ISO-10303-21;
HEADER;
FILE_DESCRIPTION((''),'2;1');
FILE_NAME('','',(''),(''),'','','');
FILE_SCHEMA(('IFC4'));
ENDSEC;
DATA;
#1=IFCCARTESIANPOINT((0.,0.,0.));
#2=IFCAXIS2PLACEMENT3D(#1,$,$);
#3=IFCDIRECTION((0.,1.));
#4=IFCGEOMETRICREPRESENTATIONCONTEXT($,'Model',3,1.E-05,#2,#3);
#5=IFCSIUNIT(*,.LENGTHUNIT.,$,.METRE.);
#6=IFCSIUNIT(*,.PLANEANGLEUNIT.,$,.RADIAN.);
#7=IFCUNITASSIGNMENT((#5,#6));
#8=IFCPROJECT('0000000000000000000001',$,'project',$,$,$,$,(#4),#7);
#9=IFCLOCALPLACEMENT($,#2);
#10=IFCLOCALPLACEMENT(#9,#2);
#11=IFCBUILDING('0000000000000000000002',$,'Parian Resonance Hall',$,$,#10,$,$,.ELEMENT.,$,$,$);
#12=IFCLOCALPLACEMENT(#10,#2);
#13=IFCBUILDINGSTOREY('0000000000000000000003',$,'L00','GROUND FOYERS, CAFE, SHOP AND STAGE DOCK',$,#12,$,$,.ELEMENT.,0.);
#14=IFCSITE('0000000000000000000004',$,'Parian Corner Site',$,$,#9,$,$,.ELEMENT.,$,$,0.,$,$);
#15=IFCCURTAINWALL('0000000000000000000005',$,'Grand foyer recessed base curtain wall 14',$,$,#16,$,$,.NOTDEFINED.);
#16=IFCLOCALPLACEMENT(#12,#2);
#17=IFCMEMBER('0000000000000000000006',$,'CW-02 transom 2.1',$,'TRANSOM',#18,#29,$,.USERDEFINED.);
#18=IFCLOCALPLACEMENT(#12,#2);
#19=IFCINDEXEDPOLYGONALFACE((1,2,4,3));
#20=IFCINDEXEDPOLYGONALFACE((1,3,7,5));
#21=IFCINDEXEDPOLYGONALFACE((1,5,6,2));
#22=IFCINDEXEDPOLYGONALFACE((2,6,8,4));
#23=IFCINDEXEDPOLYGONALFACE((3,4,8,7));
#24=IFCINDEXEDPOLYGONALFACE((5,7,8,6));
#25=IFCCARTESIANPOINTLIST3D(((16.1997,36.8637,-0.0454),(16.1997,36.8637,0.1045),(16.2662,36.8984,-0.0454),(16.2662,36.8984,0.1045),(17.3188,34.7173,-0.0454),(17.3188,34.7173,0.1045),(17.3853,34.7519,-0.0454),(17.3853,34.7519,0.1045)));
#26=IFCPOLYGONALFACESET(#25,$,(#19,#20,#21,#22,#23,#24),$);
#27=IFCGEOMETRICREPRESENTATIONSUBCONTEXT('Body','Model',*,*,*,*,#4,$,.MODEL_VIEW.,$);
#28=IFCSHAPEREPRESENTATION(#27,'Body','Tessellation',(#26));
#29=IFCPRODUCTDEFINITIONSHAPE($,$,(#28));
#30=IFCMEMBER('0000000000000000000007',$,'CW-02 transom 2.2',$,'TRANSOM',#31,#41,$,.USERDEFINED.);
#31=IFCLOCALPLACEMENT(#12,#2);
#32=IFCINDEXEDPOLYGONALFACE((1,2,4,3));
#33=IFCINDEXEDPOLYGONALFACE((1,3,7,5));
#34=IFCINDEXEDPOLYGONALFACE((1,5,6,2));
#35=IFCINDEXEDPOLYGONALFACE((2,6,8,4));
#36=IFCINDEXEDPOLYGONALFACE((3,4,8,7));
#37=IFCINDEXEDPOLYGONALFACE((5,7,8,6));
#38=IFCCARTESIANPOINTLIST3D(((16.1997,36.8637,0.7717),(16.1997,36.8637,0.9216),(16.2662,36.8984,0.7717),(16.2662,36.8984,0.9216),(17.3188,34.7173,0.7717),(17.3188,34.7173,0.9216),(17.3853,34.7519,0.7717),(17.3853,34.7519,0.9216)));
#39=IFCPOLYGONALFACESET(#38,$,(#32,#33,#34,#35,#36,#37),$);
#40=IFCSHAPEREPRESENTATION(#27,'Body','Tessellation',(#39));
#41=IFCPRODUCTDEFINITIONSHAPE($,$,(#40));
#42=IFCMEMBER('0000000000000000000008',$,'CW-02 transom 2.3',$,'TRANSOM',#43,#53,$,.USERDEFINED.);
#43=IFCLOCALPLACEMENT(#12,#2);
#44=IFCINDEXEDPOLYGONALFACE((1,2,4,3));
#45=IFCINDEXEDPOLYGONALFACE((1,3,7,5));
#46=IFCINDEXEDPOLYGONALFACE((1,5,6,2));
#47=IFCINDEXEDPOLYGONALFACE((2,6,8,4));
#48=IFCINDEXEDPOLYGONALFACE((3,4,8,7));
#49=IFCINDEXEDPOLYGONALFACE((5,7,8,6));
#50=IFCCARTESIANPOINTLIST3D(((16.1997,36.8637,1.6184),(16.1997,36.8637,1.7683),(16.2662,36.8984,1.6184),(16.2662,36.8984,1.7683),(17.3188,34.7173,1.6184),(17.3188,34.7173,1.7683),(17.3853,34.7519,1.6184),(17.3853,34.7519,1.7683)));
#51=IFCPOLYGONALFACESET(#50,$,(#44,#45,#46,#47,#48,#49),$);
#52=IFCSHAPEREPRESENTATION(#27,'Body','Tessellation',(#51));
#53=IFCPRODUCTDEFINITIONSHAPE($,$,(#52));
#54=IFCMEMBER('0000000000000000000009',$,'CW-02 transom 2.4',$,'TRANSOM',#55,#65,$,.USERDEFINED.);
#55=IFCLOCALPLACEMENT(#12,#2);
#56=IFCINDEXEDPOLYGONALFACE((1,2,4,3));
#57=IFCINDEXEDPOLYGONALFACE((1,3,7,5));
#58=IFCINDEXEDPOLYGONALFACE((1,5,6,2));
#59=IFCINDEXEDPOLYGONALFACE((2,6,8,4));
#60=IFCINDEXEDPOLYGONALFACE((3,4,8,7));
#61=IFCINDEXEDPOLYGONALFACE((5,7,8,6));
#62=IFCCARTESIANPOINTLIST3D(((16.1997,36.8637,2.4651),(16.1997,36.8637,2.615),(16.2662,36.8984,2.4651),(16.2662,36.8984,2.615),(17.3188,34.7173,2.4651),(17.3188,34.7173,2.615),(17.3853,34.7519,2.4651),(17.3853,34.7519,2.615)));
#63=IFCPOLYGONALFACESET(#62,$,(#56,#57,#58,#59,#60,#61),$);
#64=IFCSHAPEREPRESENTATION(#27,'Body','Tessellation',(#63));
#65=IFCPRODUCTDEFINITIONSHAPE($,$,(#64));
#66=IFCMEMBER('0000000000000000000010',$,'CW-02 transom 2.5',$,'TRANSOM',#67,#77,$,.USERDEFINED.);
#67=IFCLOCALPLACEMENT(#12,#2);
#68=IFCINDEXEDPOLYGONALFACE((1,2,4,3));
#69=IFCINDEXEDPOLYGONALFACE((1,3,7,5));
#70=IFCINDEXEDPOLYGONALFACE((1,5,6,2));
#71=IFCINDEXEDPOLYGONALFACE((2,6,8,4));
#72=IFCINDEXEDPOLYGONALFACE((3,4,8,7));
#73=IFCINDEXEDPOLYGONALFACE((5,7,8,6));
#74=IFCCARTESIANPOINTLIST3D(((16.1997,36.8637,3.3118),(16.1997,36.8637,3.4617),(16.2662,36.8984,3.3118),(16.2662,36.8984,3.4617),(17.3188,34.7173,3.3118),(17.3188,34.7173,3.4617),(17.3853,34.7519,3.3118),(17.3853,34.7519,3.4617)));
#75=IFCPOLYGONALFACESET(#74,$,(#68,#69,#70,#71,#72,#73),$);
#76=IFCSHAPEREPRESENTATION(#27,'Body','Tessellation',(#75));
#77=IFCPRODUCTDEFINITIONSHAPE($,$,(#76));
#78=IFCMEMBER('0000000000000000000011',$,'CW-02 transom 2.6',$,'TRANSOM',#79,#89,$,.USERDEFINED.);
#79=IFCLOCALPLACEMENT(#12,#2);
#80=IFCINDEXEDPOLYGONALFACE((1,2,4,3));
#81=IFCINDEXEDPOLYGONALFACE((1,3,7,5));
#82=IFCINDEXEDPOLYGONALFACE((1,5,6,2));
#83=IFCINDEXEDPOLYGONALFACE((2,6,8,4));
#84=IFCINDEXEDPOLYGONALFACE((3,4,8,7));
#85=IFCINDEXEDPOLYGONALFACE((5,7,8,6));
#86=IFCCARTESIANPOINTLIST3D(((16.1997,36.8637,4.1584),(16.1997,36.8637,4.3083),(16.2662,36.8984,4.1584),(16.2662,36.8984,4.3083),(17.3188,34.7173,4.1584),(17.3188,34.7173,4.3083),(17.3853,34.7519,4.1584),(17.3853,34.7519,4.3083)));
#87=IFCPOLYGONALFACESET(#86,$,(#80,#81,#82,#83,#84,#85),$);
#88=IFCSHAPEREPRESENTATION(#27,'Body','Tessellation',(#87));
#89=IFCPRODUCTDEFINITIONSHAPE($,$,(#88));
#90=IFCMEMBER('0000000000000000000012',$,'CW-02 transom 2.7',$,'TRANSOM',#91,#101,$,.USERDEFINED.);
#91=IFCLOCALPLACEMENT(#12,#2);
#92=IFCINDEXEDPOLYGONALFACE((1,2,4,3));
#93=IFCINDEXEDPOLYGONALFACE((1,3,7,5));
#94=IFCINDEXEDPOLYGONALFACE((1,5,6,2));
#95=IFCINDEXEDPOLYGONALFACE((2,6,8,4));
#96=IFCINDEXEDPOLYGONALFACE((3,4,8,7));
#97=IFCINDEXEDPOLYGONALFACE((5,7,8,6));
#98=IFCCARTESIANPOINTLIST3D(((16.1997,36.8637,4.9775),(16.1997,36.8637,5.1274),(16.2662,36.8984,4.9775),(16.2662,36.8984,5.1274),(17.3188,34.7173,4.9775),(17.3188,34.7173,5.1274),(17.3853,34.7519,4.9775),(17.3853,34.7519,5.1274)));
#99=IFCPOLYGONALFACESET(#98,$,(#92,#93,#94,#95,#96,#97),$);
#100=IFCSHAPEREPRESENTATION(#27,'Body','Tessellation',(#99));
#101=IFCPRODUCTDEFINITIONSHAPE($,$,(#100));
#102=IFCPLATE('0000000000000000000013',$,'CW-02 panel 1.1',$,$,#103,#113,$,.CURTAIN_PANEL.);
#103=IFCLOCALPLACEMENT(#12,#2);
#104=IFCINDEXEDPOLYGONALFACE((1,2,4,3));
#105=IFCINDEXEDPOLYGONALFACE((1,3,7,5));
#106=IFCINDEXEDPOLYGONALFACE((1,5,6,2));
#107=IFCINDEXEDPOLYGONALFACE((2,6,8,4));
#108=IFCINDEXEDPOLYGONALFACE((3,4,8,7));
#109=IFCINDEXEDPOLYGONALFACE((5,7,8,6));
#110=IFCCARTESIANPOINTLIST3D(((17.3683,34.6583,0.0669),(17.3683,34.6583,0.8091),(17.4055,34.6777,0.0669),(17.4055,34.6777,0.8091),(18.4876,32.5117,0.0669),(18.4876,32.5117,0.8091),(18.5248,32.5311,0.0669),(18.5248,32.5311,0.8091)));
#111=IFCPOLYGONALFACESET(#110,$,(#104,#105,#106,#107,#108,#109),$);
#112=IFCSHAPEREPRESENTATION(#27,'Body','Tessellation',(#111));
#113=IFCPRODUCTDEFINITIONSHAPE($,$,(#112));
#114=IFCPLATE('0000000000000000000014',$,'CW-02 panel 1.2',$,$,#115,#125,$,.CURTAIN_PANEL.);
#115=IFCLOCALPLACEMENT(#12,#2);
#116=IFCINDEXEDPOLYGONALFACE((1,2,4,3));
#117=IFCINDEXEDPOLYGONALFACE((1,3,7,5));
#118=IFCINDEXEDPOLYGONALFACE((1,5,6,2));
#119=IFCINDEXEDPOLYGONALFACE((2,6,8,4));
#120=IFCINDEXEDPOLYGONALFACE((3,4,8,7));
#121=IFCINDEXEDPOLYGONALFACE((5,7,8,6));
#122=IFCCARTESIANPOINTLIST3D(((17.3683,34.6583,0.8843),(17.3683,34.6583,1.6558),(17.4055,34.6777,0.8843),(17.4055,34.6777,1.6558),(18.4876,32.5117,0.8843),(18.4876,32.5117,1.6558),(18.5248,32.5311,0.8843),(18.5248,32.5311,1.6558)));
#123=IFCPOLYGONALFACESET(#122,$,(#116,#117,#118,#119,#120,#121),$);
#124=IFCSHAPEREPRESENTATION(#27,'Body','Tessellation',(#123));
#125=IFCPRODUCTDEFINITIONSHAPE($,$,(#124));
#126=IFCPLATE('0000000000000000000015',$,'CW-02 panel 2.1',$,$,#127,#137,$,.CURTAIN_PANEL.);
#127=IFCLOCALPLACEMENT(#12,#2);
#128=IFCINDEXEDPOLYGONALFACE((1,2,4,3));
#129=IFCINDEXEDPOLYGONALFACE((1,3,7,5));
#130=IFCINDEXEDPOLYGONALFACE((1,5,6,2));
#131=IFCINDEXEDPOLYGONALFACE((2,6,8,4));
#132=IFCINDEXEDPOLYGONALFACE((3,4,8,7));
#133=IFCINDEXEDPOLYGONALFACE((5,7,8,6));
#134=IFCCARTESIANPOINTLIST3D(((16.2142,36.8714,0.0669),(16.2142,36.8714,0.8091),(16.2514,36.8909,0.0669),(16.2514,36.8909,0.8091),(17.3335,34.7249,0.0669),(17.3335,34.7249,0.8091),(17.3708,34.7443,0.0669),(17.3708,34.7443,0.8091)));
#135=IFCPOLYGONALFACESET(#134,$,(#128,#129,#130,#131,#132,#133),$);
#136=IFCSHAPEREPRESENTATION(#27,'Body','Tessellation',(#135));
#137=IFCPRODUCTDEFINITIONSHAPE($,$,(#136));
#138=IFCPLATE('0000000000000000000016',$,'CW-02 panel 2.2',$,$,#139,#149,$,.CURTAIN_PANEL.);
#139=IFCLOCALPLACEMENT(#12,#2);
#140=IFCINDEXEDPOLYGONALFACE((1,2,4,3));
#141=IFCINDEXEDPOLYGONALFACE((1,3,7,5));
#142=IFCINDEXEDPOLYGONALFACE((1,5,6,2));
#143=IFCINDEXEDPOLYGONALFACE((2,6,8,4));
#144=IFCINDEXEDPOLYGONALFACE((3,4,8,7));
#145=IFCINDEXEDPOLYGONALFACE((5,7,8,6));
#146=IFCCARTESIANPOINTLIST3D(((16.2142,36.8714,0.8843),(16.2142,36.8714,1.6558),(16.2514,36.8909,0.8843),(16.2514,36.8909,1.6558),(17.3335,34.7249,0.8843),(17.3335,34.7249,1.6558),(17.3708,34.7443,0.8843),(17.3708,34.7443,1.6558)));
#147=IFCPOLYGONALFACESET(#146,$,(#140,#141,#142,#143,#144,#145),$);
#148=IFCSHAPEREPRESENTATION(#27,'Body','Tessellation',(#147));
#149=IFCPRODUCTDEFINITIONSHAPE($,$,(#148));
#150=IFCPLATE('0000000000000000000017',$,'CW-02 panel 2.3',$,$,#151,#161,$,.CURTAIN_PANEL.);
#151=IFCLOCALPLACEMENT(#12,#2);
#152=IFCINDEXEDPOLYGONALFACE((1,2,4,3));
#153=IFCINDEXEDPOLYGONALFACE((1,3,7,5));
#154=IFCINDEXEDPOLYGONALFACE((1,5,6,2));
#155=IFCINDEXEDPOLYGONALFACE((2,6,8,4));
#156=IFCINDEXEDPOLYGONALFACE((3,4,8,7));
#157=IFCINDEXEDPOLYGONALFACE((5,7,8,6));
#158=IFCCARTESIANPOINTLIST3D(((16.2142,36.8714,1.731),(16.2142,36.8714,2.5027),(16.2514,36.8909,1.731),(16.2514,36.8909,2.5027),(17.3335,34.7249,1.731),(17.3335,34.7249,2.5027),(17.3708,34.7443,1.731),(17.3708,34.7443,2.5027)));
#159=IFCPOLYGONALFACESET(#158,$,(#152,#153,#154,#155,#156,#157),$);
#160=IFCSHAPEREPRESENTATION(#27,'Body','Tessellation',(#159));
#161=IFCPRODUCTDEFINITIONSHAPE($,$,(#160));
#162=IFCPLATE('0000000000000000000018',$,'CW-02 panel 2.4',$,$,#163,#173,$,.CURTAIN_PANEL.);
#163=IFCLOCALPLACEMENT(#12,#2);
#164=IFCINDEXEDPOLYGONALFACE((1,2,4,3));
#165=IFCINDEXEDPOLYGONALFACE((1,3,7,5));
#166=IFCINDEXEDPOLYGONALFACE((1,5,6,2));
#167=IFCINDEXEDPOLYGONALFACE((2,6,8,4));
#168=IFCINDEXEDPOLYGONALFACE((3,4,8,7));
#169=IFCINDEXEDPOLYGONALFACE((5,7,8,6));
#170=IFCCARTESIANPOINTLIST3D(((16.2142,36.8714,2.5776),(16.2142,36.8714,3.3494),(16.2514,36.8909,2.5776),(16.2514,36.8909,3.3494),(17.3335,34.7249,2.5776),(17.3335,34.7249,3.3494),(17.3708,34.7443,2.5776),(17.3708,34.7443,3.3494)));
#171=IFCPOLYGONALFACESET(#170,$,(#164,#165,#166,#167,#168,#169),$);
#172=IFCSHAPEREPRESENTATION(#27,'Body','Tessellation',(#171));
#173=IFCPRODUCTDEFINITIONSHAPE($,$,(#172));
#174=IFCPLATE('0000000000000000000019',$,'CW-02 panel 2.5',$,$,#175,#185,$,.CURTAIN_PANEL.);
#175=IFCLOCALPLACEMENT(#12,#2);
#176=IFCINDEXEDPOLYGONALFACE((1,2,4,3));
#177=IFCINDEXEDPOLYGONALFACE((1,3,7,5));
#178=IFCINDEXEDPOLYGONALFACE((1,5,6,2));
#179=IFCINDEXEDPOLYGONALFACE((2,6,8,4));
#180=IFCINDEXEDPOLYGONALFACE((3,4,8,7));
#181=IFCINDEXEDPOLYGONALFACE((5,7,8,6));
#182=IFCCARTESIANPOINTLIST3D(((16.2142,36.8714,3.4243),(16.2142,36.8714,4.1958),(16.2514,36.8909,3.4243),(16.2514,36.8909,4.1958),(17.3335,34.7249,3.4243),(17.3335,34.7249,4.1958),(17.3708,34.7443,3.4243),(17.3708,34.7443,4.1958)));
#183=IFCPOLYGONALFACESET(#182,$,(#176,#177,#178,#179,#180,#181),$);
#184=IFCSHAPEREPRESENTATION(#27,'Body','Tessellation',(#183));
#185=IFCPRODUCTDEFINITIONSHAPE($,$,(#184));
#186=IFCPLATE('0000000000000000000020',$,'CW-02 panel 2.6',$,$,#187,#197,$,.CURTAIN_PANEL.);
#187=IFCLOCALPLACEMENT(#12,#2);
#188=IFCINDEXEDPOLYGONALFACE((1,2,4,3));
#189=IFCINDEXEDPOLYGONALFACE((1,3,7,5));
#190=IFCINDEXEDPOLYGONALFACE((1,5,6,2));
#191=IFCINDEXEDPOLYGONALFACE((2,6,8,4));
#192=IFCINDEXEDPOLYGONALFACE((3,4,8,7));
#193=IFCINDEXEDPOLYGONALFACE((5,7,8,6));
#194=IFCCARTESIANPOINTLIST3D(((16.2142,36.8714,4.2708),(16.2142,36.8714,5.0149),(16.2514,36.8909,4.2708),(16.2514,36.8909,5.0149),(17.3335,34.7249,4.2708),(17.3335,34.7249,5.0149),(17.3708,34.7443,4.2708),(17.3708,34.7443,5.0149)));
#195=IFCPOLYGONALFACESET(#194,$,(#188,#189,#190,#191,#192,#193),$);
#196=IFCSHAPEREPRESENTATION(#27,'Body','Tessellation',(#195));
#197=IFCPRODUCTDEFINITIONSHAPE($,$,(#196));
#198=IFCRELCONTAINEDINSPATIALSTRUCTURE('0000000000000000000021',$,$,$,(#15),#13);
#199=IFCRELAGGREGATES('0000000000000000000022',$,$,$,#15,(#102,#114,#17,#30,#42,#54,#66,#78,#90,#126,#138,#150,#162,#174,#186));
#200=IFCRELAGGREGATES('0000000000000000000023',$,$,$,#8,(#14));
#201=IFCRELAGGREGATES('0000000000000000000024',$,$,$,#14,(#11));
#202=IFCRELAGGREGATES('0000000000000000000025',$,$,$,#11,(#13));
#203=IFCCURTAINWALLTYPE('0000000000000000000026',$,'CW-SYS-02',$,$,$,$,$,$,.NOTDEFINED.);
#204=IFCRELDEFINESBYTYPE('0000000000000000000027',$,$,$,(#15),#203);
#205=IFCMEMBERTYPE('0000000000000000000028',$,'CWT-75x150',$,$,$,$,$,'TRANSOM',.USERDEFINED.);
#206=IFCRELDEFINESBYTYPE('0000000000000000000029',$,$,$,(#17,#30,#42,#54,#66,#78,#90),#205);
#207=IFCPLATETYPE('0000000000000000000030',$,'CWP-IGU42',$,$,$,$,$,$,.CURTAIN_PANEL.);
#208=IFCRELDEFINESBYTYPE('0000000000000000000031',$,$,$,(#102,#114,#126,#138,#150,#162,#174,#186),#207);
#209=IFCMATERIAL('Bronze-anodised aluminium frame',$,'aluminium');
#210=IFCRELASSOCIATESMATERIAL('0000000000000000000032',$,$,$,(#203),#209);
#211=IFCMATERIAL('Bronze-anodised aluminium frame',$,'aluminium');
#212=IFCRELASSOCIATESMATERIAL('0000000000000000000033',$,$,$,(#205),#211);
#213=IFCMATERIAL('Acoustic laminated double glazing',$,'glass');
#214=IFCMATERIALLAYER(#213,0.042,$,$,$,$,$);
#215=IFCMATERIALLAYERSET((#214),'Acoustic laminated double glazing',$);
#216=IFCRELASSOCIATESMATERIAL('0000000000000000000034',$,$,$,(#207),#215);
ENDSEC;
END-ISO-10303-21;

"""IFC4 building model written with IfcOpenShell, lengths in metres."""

from ifc_helpers import new_model, si_unit, direction, frame, origin, origin_2d, place, context, subcontext, project, spatial, rectangle, extrude, material, layer, layer_set, material_profile, profile_set, type_object, element, aggregate, save


model = new_model("IFC4")

# Units and contexts
model_context = context("Model", 3, precision=1e-05, world=origin(), true_north=direction((0.0, 1.0)))
body_context = subcontext(model_context, "Body", "Model", "MODEL_VIEW")
ifc_project = project(units=[si_unit("LENGTHUNIT", "METRE"), si_unit("PLANEANGLEUNIT", "RADIAN")], contexts=[model_context])

# Site, building, storey
site_placement = place(None, origin())
site = spatial("IfcSite", under=ifc_project, at=site_placement, Name="Parian Corner Site", CompositionType="ELEMENT", RefElevation=0.0)
building_placement = place(site_placement, origin())
building = spatial("IfcBuilding", under=site, at=building_placement, Name="Parian Resonance Hall", CompositionType="ELEMENT")
storey_placement = place(building_placement, origin())
storey = spatial("IfcBuildingStorey", under=building, at=storey_placement, Name="L00", Description="GROUND FOYERS, CAFE, SHOP AND STAGE DOCK", CompositionType="ELEMENT", Elevation=0.0)

# Curtain wall
ifc_material_1 = material(Name="Bronze-anodised aluminium frame", Category="aluminium")
curtain_wall_type_1 = type_object("IfcCurtainWallType", Name="CW-SYS-02", PredefinedType="NOTDEFINED", material=ifc_material_1)
curtain_wall_1_placement = place(storey_placement, origin())
curtain_wall_1 = element("IfcCurtainWall", 1, at=curtain_wall_1_placement, inside=storey, type_object=curtain_wall_type_1, Name="Grand foyer recessed base curtain wall 14", PredefinedType="NOTDEFINED")

# Members
ifc_material_2 = material(Name="Bronze-anodised aluminium frame", Category="aluminium")
ifc_material_profile_1 = material_profile(ifc_material_2, rectangle(XDim=0.075, YDim=0.1499, at=origin_2d()), Name="CWT-75x150")
ifc_profile_set_1 = profile_set([ifc_material_profile_1], Name="Bronze-anodised aluminium frame")
member_type_1 = type_object("IfcMemberType", Name="CWT-75x150", ElementType="TRANSOM", PredefinedType="USERDEFINED", material=ifc_profile_set_1)
member_1_placement = place(storey_placement, frame((17.3521, 34.7346, 0.0295), z_axis=(-0.462318, 0.886714, 0.0), x_axis=(-0.886714, -0.462318, 0.0)))
member_1 = element("IfcMember", 2, at=member_1_placement, type_object=member_type_1, Name="CW-02 transom 2.1", ObjectType="TRANSOM", PredefinedType="USERDEFINED", context=body_context, shape_type="SweptSolid", body=[
    extrude(rectangle(XDim=0.075, YDim=0.1499, at=origin_2d()), origin(), (0.0, 0.0, 1.0), 2.4207),
])
member_2_placement = place(storey_placement, frame((17.3521, 34.7346, 0.8467), z_axis=(-0.462318, 0.886714, 0.0), x_axis=(-0.886714, -0.462318, 0.0)))
member_2 = element("IfcMember", 3, at=member_2_placement, type_object=member_type_1, Name="CW-02 transom 2.2", ObjectType="TRANSOM", PredefinedType="USERDEFINED", context=body_context, shape_type="SweptSolid", body=[
    extrude(rectangle(XDim=0.075, YDim=0.1499, at=origin_2d()), origin(), (0.0, 0.0, 1.0), 2.4207),
])
member_3_placement = place(storey_placement, frame((17.3521, 34.7346, 1.6934), z_axis=(-0.462318, 0.886714, 0.0), x_axis=(-0.886714, -0.462318, 0.0)))
member_3 = element("IfcMember", 4, at=member_3_placement, type_object=member_type_1, Name="CW-02 transom 2.3", ObjectType="TRANSOM", PredefinedType="USERDEFINED", context=body_context, shape_type="SweptSolid", body=[
    extrude(rectangle(XDim=0.075, YDim=0.1499, at=origin_2d()), origin(), (0.0, 0.0, 1.0), 2.4207),
])
member_4_placement = place(storey_placement, frame((17.3521, 34.7346, 2.54), z_axis=(-0.462318, 0.886714, 0.0), x_axis=(-0.886714, -0.462318, 0.0)))
member_4 = element("IfcMember", 5, at=member_4_placement, type_object=member_type_1, Name="CW-02 transom 2.4", ObjectType="TRANSOM", PredefinedType="USERDEFINED", context=body_context, shape_type="SweptSolid", body=[
    extrude(rectangle(XDim=0.075, YDim=0.1499, at=origin_2d()), origin(), (0.0, 0.0, 1.0), 2.4207),
])
member_5_placement = place(storey_placement, frame((17.3521, 34.7346, 3.3867), z_axis=(-0.462318, 0.886714, 0.0), x_axis=(-0.886714, -0.462318, 0.0)))
member_5 = element("IfcMember", 6, at=member_5_placement, type_object=member_type_1, Name="CW-02 transom 2.5", ObjectType="TRANSOM", PredefinedType="USERDEFINED", context=body_context, shape_type="SweptSolid", body=[
    extrude(rectangle(XDim=0.075, YDim=0.1499, at=origin_2d()), origin(), (0.0, 0.0, 1.0), 2.4207),
])
member_6_placement = place(storey_placement, frame((17.3521, 34.7346, 4.2334), z_axis=(-0.462318, 0.886714, 0.0), x_axis=(-0.886714, -0.462318, 0.0)))
member_6 = element("IfcMember", 7, at=member_6_placement, type_object=member_type_1, Name="CW-02 transom 2.6", ObjectType="TRANSOM", PredefinedType="USERDEFINED", context=body_context, shape_type="SweptSolid", body=[
    extrude(rectangle(XDim=0.075, YDim=0.1499, at=origin_2d()), origin(), (0.0, 0.0, 1.0), 2.4207),
])
member_7_placement = place(storey_placement, frame((17.3521, 34.7346, 5.0525), z_axis=(-0.462318, 0.886714, 0.0), x_axis=(-0.886714, -0.462318, 0.0)))
member_7 = element("IfcMember", 8, at=member_7_placement, type_object=member_type_1, Name="CW-02 transom 2.7", ObjectType="TRANSOM", PredefinedType="USERDEFINED", context=body_context, shape_type="SweptSolid", body=[
    extrude(rectangle(XDim=0.075, YDim=0.1499, at=origin_2d()), origin(), (0.0, 0.0, 1.0), 2.4207),
])

# Plates
ifc_material_3 = material(Name="Acoustic laminated double glazing", Category="glass")
ifc_layer_1 = layer(ifc_material_3, 0.042)
ifc_layer_set_1 = layer_set([ifc_layer_1], Name="Acoustic laminated double glazing")
plate_type = type_object("IfcPlateType", Name="CWP-IGU42", PredefinedType="CURTAIN_PANEL", material=ifc_layer_set_1)
plate_1_placement = place(storey_placement, frame((17.9465, 33.5947, 0.0669), z_axis=(0.0, 0.0, 1.0), x_axis=(-0.462362, 0.886691, 0.0)))
plate_1 = element("IfcPlate", 9, at=plate_1_placement, type_object=plate_type, Name="CW-02 panel 1.1", PredefinedType="CURTAIN_PANEL", context=body_context, shape_type="SweptSolid", body=[
    extrude(rectangle(XDim=2.4209, YDim=0.042, at=origin_2d()), origin(), (0.0, 0.0, 1.0), 0.7422),
])
plate_2_placement = place(storey_placement, frame((17.9465, 33.5947, 0.8843), z_axis=(0.0, 0.0, 1.0), x_axis=(-0.462362, 0.886691, 0.0)))
plate_2 = element("IfcPlate", 10, at=plate_2_placement, type_object=plate_type, Name="CW-02 panel 1.2", PredefinedType="CURTAIN_PANEL", context=body_context, shape_type="SweptSolid", body=[
    extrude(rectangle(XDim=2.4209, YDim=0.042, at=origin_2d()), origin(), (0.0, 0.0, 1.0), 0.7715),
])
plate_3_placement = place(storey_placement, frame((16.7925, 35.8079, 0.0669), z_axis=(0.0, 0.0, 1.0), x_axis=(-0.462362, 0.886691, 0.0)))
plate_3 = element("IfcPlate", 11, at=plate_3_placement, type_object=plate_type, Name="CW-02 panel 2.1", PredefinedType="CURTAIN_PANEL", context=body_context, shape_type="SweptSolid", body=[
    extrude(rectangle(XDim=2.4209, YDim=0.042, at=origin_2d()), origin(), (0.0, 0.0, 1.0), 0.7422),
])
plate_4_placement = place(storey_placement, frame((16.7925, 35.8079, 0.8843), z_axis=(0.0, 0.0, 1.0), x_axis=(-0.462362, 0.886691, 0.0)))
plate_4 = element("IfcPlate", 12, at=plate_4_placement, type_object=plate_type, Name="CW-02 panel 2.2", PredefinedType="CURTAIN_PANEL", context=body_context, shape_type="SweptSolid", body=[
    extrude(rectangle(XDim=2.4209, YDim=0.042, at=origin_2d()), origin(), (0.0, 0.0, 1.0), 0.7715),
])
plate_5_placement = place(storey_placement, frame((16.7925, 35.8079, 1.731), z_axis=(0.0, 0.0, 1.0), x_axis=(-0.462362, 0.886691, 0.0)))
plate_5 = element("IfcPlate", 13, at=plate_5_placement, type_object=plate_type, Name="CW-02 panel 2.3", PredefinedType="CURTAIN_PANEL", context=body_context, shape_type="SweptSolid", body=[
    extrude(rectangle(XDim=2.4209, YDim=0.042, at=origin_2d()), origin(), (0.0, 0.0, 1.0), 0.7717),
])
plate_6_placement = place(storey_placement, frame((16.7925, 35.8079, 2.5776), z_axis=(0.0, 0.0, 1.0), x_axis=(-0.462362, 0.886691, 0.0)))
plate_6 = element("IfcPlate", 14, at=plate_6_placement, type_object=plate_type, Name="CW-02 panel 2.4", PredefinedType="CURTAIN_PANEL", context=body_context, shape_type="SweptSolid", body=[
    extrude(rectangle(XDim=2.4209, YDim=0.042, at=origin_2d()), origin(), (0.0, 0.0, 1.0), 0.7717),
])
plate_7_placement = place(storey_placement, frame((16.7925, 35.8079, 3.4243), z_axis=(0.0, 0.0, 1.0), x_axis=(-0.462362, 0.886691, 0.0)))
plate_7 = element("IfcPlate", 15, at=plate_7_placement, type_object=plate_type, Name="CW-02 panel 2.5", PredefinedType="CURTAIN_PANEL", context=body_context, shape_type="SweptSolid", body=[
    extrude(rectangle(XDim=2.4209, YDim=0.042, at=origin_2d()), origin(), (0.0, 0.0, 1.0), 0.7715),
])
plate_8_placement = place(storey_placement, frame((16.7925, 35.8079, 4.2708), z_axis=(0.0, 0.0, 1.0), x_axis=(-0.462362, 0.886691, 0.0)))
plate_8 = element("IfcPlate", 16, at=plate_8_placement, type_object=plate_type, Name="CW-02 panel 2.6", PredefinedType="CURTAIN_PANEL", context=body_context, shape_type="SweptSolid", body=[
    extrude(rectangle(XDim=2.4209, YDim=0.042, at=origin_2d()), origin(), (0.0, 0.0, 1.0), 0.7441),
])
aggregate(curtain_wall_1, [plate_1, plate_2, member_1, member_2, member_3, member_4, member_5, member_6, member_7, plate_3, plate_4, plate_5, plate_6, plate_7, plate_8])

save(model, "model.ifc")
